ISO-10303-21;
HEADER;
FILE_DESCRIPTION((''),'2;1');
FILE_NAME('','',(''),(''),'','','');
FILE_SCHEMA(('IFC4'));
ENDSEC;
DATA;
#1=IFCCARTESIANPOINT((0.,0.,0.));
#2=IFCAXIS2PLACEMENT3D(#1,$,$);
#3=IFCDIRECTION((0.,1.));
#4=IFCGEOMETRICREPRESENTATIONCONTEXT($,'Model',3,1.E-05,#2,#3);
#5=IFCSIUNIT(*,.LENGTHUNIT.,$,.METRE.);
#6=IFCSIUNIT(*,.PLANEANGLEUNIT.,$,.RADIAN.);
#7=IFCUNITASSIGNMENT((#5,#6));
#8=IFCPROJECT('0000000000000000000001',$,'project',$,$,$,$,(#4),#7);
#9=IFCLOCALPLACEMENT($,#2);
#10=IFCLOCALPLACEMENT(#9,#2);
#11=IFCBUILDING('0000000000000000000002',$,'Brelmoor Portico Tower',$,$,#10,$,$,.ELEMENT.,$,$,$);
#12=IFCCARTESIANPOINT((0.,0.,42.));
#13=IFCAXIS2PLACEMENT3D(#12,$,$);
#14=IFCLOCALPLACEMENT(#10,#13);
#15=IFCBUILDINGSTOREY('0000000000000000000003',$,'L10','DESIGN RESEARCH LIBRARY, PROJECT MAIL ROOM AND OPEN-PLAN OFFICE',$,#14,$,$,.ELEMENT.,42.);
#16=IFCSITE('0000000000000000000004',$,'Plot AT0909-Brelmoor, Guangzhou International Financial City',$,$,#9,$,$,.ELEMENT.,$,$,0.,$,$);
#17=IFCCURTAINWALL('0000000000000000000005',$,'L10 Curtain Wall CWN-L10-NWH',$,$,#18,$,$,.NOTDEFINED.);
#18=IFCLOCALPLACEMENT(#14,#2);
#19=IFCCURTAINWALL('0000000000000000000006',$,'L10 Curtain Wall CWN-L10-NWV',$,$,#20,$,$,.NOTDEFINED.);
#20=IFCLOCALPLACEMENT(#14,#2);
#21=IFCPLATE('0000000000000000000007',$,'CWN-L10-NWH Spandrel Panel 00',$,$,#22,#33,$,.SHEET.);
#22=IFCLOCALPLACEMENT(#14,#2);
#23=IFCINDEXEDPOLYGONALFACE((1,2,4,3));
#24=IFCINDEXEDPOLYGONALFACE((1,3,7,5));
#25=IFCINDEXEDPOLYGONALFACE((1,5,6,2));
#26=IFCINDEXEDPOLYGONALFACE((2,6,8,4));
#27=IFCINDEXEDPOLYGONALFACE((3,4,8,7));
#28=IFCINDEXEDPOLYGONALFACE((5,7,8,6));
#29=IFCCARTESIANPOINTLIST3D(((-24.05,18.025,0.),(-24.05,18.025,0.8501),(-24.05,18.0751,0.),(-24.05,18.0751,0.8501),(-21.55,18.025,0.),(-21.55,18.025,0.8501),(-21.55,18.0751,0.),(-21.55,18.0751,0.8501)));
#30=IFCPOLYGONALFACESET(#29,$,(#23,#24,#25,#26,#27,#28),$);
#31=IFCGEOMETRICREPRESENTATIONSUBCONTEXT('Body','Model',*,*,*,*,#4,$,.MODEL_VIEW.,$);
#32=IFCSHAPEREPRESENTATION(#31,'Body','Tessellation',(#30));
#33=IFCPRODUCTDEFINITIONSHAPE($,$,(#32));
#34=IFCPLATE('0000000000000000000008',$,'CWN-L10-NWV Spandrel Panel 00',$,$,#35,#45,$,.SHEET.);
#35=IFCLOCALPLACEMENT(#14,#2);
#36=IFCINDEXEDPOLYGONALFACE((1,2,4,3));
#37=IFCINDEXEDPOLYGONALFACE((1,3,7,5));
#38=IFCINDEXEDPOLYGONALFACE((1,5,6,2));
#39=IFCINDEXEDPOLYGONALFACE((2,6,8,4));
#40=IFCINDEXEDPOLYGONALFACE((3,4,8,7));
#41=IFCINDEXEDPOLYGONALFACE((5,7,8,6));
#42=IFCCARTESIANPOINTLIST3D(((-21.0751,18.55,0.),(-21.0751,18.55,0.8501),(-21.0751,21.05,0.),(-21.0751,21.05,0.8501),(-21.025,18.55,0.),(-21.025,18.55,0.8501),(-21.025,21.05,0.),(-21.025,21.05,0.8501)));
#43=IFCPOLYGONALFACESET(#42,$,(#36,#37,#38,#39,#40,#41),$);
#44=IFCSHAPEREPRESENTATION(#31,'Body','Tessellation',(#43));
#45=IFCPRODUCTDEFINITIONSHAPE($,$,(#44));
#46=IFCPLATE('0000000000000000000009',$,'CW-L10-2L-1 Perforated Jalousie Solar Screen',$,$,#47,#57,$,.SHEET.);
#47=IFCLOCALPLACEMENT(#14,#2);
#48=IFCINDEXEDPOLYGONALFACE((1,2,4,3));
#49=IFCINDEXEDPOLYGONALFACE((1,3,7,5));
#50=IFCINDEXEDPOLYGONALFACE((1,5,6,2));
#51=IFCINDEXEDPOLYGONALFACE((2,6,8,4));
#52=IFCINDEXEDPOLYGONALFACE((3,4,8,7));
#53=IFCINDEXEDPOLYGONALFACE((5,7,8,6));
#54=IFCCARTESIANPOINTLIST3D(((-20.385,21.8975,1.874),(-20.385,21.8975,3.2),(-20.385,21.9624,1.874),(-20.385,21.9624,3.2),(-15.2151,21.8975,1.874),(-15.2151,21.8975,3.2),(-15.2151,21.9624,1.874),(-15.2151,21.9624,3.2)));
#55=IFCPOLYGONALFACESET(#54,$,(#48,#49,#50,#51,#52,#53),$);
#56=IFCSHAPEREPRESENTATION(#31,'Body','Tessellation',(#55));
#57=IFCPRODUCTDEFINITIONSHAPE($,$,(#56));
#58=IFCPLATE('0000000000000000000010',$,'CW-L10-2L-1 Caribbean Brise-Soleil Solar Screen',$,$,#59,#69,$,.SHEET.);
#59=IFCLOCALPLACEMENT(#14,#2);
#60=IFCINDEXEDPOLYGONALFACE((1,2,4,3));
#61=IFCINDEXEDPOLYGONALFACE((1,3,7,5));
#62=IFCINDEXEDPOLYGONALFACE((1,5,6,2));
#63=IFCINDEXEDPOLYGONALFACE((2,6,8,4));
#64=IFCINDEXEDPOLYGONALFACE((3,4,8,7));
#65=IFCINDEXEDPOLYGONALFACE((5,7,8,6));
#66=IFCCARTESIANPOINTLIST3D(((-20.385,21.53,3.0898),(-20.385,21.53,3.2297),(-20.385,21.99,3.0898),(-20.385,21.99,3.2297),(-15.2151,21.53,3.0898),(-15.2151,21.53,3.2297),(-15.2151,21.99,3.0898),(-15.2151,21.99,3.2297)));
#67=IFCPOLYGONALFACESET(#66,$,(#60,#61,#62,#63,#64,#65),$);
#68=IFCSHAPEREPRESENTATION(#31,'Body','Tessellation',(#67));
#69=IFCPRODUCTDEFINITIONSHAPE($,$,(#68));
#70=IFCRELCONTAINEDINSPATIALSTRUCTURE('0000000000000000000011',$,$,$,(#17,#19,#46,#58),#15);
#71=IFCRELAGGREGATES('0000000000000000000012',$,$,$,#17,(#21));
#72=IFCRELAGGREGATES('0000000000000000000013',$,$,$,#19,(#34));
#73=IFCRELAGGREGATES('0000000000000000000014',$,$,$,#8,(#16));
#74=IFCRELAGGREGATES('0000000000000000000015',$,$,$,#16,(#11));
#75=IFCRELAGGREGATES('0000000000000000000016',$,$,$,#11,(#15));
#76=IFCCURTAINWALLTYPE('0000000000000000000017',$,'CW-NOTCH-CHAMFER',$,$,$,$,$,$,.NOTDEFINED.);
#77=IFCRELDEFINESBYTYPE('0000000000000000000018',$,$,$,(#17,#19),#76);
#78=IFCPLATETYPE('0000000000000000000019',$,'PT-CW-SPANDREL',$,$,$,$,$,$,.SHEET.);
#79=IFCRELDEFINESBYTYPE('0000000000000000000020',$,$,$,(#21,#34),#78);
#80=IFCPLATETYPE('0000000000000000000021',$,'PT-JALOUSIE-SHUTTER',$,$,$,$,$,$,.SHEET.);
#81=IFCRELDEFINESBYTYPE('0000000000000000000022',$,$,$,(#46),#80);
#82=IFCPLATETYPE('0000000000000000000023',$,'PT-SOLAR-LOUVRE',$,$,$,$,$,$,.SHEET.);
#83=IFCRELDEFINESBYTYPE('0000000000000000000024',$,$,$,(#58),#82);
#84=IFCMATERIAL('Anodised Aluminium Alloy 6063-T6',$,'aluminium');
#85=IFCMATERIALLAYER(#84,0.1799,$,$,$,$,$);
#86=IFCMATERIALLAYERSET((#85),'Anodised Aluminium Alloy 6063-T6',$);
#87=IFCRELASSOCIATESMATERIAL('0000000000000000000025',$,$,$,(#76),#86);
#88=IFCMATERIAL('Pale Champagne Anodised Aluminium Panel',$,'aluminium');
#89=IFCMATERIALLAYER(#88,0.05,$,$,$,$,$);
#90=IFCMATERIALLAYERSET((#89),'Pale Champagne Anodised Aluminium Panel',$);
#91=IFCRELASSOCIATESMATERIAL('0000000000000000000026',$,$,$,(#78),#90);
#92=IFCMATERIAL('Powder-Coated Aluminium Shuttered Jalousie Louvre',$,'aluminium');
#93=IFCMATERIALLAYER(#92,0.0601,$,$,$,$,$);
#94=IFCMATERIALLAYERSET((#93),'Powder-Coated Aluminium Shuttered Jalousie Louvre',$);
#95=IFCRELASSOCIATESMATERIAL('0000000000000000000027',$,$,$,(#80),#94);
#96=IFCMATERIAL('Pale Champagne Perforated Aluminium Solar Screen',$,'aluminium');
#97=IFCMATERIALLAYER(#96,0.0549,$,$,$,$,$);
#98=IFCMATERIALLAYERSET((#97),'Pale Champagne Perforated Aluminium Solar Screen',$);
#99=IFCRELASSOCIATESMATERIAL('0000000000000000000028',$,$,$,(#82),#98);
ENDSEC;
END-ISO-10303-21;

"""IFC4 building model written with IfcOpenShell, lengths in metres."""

from ifc_helpers import new_model, si_unit, direction, frame, origin, origin_2d, place, context, subcontext, project, spatial, rectangle, extrude, material, layer, layer_set, type_object, element, aggregate, save


model = new_model("IFC4")

# Units and contexts
model_context = context("Model", 3, precision=1e-05, world=origin(), true_north=direction((0.0, 1.0)))
body_context = subcontext(model_context, "Body", "Model", "MODEL_VIEW")
ifc_project = project(units=[si_unit("LENGTHUNIT", "METRE"), si_unit("PLANEANGLEUNIT", "RADIAN")], contexts=[model_context])

# Site, building, storey
site_placement = place(None, origin())
site = spatial("IfcSite", under=ifc_project, at=site_placement, Name="Plot AT0909-Brelmoor, Guangzhou International Financial City", CompositionType="ELEMENT", RefElevation=0.0)
building_placement = place(site_placement, origin())
building = spatial("IfcBuilding", under=site, at=building_placement, Name="Brelmoor Portico Tower", CompositionType="ELEMENT")
storey_placement = place(building_placement, frame((0.0, 0.0, 42.0)))
storey = spatial("IfcBuildingStorey", under=building, at=storey_placement, Name="L10", Description="DESIGN RESEARCH LIBRARY, PROJECT MAIL ROOM AND OPEN-PLAN OFFICE", CompositionType="ELEMENT", Elevation=42.0)

# Curtain walls
ifc_material_1 = material(Name="Anodised Aluminium Alloy 6063-T6", Category="aluminium")
ifc_layer_1 = layer(ifc_material_1, 0.1799)
ifc_layer_set_1 = layer_set([ifc_layer_1], Name="Anodised Aluminium Alloy 6063-T6")
curtain_wall_type_1 = type_object("IfcCurtainWallType", Name="CW-NOTCH-CHAMFER", PredefinedType="NOTDEFINED", material=ifc_layer_set_1)
curtain_wall_1_placement = place(storey_placement, origin())
curtain_wall_1 = element("IfcCurtainWall", 1, at=curtain_wall_1_placement, inside=storey, type_object=curtain_wall_type_1, Name="L10 Curtain Wall CWN-L10-NWH", PredefinedType="NOTDEFINED")
curtain_wall_2_placement = place(storey_placement, origin())
curtain_wall_2 = element("IfcCurtainWall", 2, at=curtain_wall_2_placement, inside=storey, type_object=curtain_wall_type_1, Name="L10 Curtain Wall CWN-L10-NWV", PredefinedType="NOTDEFINED")

# Plates
ifc_material_2 = material(Name="Pale Champagne Anodised Aluminium Panel", Category="aluminium")
ifc_layer_2 = layer(ifc_material_2, 0.05)
ifc_layer_set_2 = layer_set([ifc_layer_2], Name="Pale Champagne Anodised Aluminium Panel")
plate_type_1 = type_object("IfcPlateType", Name="PT-CW-SPANDREL", PredefinedType="SHEET", material=ifc_layer_set_2)
plate_1_placement = place(storey_placement, frame((-22.8, 18.05, 0.0), z_axis=(0.0, 0.0, 1.0), x_axis=(1.0, 0.0, 0.0)))
plate_1 = element("IfcPlate", 3, at=plate_1_placement, type_object=plate_type_1, Name="CWN-L10-NWH Spandrel Panel 00", PredefinedType="SHEET", context=body_context, shape_type="SweptSolid", body=[
    extrude(rectangle(XDim=2.5, YDim=0.05, at=origin_2d()), origin(), (0.0, 0.0, 1.0), 0.8501),
])
aggregate(curtain_wall_1, [plate_1])
plate_2_placement = place(storey_placement, frame((-21.05, 19.8, 0.0), z_axis=(0.0, 0.0, 1.0), x_axis=(0.0, 1.0, 0.0)))
plate_2 = element("IfcPlate", 4, at=plate_2_placement, type_object=plate_type_1, Name="CWN-L10-NWV Spandrel Panel 00", PredefinedType="SHEET", context=body_context, shape_type="SweptSolid", body=[
    extrude(rectangle(XDim=2.5, YDim=0.05, at=origin_2d()), origin(), (0.0, 0.0, 1.0), 0.8501),
])
aggregate(curtain_wall_2, [plate_2])

# Plates
ifc_material_3 = material(Name="Powder-Coated Aluminium Shuttered Jalousie Louvre", Category="aluminium")
ifc_layer_3 = layer(ifc_material_3, 0.0601)
ifc_layer_set_3 = layer_set([ifc_layer_3], Name="Powder-Coated Aluminium Shuttered Jalousie Louvre")
plate_type_2 = type_object("IfcPlateType", Name="PT-JALOUSIE-SHUTTER", PredefinedType="SHEET", material=ifc_layer_set_3)
plate_3_placement = place(storey_placement, frame((-17.8, 21.9299, 1.874), z_axis=(0.0, 0.0, 1.0), x_axis=(1.0, 0.0, 0.0)))
element("IfcPlate", 5, at=plate_3_placement, inside=storey, type_object=plate_type_2, Name="CW-L10-2L-1 Perforated Jalousie Solar Screen", PredefinedType="SHEET", context=body_context, shape_type="SweptSolid", body=[
    extrude(rectangle(XDim=5.1699, YDim=0.0649, at=origin_2d()), origin(), (0.0, 0.0, 1.0), 1.3259),
])
ifc_material_4 = material(Name="Pale Champagne Perforated Aluminium Solar Screen", Category="aluminium")
ifc_layer_4 = layer(ifc_material_4, 0.0549)
ifc_layer_set_4 = layer_set([ifc_layer_4], Name="Pale Champagne Perforated Aluminium Solar Screen")
plate_type_3 = type_object("IfcPlateType", Name="PT-SOLAR-LOUVRE", PredefinedType="SHEET", material=ifc_layer_set_4)
plate_4_placement = place(storey_placement, frame((-17.8, 21.76, 3.0898), z_axis=(0.0, 0.0, 1.0), x_axis=(1.0, 0.0, 0.0)))
element("IfcPlate", 6, at=plate_4_placement, inside=storey, type_object=plate_type_3, Name="CW-L10-2L-1 Caribbean Brise-Soleil Solar Screen", PredefinedType="SHEET", context=body_context, shape_type="SweptSolid", body=[
    extrude(rectangle(XDim=5.1699, YDim=0.46, at=origin_2d()), origin(), (0.0, 0.0, 1.0), 0.1399),
])

save(model, "model.ifc")
